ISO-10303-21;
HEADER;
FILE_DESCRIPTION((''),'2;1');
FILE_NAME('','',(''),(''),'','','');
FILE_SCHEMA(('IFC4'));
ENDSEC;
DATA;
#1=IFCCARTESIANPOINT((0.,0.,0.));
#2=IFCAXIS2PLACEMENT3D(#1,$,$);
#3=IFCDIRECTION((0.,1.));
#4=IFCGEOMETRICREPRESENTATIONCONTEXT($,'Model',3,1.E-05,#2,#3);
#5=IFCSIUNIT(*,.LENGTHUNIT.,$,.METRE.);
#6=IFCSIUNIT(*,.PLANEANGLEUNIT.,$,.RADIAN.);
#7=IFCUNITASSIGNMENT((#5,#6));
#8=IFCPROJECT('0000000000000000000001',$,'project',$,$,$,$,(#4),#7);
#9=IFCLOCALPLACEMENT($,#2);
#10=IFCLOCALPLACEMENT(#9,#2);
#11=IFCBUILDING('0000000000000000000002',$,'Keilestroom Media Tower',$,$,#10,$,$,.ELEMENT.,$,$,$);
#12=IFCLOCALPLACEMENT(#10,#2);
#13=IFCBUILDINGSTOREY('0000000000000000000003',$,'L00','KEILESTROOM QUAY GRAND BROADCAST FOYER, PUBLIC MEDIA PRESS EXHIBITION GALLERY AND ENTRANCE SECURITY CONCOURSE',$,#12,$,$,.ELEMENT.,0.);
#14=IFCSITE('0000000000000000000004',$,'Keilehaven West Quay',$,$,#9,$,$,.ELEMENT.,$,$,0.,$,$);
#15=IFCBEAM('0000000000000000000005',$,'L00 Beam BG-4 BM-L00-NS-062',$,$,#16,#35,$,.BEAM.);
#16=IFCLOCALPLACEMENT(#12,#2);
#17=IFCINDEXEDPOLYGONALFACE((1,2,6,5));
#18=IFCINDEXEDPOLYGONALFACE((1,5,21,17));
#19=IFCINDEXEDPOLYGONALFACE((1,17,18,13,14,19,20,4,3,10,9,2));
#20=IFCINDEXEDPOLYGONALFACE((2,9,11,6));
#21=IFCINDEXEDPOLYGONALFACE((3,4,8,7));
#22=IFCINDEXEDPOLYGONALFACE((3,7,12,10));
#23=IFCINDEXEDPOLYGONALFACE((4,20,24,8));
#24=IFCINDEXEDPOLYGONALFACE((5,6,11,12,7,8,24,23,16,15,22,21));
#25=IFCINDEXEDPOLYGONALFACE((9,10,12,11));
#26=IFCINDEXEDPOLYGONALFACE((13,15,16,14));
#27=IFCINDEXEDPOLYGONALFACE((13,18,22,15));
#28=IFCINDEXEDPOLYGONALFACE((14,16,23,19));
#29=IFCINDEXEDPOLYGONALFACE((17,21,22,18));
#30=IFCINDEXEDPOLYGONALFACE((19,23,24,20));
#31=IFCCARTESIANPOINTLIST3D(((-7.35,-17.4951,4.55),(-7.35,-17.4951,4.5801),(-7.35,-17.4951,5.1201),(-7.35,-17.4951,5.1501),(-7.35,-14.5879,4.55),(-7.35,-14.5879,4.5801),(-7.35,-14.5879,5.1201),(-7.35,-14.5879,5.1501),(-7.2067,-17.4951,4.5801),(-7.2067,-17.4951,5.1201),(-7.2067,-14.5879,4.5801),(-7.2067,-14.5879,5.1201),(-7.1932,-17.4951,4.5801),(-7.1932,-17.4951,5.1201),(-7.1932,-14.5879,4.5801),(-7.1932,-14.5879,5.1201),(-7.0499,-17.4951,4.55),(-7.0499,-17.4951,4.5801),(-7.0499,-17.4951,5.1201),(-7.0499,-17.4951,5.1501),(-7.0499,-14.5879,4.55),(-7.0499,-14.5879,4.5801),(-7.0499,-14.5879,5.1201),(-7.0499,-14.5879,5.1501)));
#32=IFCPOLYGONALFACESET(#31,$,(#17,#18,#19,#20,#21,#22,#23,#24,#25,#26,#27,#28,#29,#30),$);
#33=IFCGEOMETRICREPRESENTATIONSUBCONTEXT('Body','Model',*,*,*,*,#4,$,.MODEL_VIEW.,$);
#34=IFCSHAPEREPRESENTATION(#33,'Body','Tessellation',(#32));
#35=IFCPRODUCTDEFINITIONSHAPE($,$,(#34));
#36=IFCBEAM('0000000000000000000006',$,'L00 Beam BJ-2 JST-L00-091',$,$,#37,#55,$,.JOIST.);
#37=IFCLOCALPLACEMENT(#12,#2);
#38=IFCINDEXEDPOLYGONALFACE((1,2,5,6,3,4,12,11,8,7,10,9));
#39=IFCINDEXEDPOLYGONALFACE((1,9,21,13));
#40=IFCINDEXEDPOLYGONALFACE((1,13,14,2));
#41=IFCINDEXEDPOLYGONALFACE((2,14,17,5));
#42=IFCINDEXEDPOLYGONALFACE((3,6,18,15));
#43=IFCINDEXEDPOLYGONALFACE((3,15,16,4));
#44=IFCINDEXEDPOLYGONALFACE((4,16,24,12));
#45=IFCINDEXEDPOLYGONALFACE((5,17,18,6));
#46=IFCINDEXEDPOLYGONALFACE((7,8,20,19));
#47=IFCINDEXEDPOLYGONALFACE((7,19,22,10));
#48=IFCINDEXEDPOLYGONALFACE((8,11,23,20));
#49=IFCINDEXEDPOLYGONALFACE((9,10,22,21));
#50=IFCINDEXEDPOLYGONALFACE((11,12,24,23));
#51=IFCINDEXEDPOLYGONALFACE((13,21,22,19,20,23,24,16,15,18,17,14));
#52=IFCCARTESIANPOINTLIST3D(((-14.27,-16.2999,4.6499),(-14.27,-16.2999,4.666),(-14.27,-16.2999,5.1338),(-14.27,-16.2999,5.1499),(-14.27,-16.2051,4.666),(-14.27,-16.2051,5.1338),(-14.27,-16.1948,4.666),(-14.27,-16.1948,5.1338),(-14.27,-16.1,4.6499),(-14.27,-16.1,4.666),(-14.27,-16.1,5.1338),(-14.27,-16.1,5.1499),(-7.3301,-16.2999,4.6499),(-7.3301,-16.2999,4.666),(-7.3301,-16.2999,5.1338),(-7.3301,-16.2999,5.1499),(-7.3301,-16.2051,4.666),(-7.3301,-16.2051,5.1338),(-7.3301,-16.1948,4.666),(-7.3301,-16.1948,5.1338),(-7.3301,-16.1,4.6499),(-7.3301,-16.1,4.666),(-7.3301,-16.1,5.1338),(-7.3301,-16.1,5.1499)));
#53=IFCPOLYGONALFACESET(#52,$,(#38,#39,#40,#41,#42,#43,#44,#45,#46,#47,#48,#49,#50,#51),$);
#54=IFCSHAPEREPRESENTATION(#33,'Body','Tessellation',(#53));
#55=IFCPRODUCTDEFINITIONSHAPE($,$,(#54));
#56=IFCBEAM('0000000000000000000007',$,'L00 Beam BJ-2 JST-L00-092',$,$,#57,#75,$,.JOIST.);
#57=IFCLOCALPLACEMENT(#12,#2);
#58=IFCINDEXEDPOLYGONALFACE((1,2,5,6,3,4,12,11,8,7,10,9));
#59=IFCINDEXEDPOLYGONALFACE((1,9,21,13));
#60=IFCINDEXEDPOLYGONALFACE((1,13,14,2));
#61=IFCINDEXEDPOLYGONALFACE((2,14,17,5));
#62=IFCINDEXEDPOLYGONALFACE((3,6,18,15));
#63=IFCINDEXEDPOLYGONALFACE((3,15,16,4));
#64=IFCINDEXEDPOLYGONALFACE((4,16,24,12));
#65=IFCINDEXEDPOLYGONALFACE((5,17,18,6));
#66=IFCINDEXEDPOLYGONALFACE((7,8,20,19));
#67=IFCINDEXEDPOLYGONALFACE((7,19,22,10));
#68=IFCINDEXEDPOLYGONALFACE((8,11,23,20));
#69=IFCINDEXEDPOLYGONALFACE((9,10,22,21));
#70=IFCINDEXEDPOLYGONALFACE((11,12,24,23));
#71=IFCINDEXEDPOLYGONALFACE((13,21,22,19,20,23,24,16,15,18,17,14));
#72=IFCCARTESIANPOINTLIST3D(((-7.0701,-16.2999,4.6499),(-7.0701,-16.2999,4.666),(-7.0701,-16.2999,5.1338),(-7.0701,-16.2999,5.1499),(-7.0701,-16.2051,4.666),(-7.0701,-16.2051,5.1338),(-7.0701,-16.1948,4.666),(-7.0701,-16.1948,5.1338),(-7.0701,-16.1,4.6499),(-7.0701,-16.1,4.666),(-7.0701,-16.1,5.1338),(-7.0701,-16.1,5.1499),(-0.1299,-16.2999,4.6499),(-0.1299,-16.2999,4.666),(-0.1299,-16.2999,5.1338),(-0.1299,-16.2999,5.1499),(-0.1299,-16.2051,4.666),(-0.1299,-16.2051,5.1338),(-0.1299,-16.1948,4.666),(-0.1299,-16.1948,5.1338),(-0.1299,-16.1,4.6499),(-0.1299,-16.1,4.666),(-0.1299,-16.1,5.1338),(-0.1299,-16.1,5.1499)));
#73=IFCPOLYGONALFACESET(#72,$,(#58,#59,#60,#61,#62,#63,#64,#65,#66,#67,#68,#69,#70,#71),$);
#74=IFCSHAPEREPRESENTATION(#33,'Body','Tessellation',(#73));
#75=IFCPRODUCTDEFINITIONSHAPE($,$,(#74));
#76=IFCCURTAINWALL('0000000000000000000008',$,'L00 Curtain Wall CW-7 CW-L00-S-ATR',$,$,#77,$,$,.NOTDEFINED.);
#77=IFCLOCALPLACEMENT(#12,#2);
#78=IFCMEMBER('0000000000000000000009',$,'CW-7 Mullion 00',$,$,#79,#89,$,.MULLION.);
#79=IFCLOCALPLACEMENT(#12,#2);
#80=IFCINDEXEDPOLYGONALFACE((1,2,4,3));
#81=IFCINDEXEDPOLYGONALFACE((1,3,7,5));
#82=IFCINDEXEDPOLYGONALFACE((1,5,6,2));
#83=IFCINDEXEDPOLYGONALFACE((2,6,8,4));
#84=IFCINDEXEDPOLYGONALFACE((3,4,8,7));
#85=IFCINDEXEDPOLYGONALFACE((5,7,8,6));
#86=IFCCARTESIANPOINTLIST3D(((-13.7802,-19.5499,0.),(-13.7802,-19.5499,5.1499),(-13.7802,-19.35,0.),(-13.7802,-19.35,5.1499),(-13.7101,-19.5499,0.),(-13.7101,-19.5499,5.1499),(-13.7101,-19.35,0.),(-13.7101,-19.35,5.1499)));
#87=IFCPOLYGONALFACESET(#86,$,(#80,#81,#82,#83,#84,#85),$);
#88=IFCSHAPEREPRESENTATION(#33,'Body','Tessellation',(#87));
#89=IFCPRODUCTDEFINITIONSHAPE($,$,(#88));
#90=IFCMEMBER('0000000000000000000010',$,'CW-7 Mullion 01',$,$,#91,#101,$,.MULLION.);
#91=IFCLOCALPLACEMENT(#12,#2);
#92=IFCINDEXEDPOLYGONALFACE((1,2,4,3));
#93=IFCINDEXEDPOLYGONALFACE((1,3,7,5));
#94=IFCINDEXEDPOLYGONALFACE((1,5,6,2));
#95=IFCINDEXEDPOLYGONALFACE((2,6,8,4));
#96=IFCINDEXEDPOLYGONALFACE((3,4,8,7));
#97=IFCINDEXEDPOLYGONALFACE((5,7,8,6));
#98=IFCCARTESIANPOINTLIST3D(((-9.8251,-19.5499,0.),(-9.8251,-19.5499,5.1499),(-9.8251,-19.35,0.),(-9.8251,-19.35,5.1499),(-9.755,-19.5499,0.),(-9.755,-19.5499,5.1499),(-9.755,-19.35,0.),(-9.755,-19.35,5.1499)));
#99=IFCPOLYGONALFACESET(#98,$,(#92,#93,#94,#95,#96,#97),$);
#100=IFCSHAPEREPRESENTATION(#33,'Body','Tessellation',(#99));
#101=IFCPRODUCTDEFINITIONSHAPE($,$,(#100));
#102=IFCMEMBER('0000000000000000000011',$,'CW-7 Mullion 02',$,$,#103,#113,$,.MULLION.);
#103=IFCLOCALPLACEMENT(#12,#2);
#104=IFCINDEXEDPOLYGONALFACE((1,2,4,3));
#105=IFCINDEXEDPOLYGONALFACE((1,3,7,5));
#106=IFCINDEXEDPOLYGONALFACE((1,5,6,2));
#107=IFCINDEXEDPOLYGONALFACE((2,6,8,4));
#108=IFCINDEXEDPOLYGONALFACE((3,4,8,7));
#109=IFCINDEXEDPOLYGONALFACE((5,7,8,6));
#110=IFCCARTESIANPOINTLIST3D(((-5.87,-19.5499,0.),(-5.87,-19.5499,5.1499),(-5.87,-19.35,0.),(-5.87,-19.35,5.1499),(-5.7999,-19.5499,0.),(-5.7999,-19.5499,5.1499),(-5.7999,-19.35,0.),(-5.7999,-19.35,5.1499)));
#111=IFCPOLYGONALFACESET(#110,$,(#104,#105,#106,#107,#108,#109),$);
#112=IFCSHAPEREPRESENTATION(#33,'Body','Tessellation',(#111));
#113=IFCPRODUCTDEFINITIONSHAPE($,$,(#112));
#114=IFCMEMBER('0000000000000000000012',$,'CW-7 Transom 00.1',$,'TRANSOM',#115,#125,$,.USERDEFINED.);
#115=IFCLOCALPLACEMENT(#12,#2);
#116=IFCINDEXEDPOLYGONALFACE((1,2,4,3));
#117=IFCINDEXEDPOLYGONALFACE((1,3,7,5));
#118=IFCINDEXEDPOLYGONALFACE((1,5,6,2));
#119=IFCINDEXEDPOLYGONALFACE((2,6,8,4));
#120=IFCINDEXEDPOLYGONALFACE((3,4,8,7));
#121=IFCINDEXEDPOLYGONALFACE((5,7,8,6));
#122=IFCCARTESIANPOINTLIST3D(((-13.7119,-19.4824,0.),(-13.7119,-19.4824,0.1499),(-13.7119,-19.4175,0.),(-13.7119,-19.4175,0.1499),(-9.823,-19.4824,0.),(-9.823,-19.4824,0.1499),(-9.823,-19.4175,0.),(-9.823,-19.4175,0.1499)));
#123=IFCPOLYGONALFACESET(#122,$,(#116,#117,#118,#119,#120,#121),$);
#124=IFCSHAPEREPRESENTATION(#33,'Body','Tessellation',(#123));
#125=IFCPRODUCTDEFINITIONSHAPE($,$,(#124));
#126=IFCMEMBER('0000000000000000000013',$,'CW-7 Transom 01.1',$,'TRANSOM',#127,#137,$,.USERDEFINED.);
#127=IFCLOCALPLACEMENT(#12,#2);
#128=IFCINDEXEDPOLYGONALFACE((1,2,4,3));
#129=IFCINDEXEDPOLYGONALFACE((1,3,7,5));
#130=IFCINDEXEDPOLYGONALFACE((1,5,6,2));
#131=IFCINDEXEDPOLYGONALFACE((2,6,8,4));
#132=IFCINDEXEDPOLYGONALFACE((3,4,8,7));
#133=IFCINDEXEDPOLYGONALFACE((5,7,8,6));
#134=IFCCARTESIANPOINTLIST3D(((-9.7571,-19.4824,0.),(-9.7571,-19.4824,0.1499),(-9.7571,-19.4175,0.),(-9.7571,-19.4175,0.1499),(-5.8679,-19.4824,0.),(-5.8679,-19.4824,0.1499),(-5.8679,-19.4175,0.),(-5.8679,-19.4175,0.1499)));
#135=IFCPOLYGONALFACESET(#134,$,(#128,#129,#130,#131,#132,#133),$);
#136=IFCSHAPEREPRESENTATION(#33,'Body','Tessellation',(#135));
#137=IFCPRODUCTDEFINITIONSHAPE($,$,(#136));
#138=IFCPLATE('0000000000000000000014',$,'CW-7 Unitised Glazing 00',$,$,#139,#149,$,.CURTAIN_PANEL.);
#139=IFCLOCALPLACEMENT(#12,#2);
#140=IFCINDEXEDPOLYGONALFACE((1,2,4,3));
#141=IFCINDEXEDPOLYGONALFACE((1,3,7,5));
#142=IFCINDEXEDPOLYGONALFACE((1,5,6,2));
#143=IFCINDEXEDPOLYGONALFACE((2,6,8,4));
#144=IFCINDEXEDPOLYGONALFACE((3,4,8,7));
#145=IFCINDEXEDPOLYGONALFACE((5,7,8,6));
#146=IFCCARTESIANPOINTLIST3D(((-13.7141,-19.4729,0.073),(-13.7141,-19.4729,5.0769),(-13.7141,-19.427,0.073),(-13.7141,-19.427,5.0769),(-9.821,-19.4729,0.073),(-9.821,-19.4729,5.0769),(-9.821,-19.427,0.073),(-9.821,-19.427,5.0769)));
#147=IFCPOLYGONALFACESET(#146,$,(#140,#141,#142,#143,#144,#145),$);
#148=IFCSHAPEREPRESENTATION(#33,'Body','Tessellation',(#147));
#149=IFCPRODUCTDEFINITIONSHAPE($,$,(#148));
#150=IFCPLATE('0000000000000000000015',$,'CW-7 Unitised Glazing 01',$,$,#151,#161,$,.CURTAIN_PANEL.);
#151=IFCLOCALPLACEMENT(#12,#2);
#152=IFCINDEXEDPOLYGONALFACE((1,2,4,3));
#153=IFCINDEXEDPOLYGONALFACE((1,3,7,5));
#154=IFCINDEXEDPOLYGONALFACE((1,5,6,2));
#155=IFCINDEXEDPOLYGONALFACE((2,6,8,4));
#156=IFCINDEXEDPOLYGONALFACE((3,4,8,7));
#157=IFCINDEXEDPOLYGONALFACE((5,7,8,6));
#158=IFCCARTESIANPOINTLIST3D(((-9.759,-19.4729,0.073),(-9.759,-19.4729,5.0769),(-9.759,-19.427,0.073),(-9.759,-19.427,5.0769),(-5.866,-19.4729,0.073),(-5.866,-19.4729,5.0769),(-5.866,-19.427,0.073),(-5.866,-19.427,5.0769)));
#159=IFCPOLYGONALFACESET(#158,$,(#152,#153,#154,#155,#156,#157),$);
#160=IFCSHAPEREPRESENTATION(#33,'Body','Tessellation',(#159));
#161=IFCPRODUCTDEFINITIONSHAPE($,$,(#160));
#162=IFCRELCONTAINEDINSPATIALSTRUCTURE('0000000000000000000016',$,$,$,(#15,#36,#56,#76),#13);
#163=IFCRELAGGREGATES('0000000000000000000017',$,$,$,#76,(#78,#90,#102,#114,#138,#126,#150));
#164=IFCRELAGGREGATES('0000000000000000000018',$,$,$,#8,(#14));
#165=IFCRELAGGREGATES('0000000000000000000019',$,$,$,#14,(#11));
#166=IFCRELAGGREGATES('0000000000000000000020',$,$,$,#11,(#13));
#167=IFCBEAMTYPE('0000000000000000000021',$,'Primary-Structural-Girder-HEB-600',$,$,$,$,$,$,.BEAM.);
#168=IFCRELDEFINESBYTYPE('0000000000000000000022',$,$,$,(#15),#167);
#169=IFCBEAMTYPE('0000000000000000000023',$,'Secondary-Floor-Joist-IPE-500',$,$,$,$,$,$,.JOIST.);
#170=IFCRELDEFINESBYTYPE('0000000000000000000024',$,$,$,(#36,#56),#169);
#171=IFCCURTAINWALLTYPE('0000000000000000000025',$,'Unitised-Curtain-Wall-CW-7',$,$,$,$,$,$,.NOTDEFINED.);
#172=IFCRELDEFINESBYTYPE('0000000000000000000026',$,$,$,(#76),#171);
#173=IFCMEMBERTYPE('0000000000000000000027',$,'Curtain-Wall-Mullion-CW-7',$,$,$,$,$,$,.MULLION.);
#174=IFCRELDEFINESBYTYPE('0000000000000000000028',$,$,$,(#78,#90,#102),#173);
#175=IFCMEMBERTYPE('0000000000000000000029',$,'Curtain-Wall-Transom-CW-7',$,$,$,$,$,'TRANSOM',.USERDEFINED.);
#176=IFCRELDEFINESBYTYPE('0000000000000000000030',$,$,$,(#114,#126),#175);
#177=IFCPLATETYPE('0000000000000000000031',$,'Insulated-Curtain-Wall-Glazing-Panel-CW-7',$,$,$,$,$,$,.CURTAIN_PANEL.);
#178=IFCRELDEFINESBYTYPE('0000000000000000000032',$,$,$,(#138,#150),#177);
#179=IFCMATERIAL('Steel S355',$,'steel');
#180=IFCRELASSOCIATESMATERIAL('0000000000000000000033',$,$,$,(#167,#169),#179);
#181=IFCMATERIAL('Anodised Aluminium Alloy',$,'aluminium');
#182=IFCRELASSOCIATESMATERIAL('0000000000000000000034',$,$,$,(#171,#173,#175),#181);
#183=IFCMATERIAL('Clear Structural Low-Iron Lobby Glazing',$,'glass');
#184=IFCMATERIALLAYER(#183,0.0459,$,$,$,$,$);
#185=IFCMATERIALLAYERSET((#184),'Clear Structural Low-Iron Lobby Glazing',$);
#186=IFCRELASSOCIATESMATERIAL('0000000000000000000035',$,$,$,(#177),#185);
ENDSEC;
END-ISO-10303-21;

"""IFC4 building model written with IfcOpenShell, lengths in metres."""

from ifc_helpers import new_model, si_unit, direction, frame, origin, origin_2d, place, context, subcontext, project, spatial, rectangle, i_section, extrude, source, transform, mapped, material, layer, layer_set, material_profile, profile_set, type_object, element, aggregate, save


model = new_model("IFC4")

# Units and contexts
model_context = context("Model", 3, precision=1e-05, world=origin(), true_north=direction((0.0, 1.0)))
body_context = subcontext(model_context, "Body", "Model", "MODEL_VIEW")
ifc_project = project(units=[si_unit("LENGTHUNIT", "METRE"), si_unit("PLANEANGLEUNIT", "RADIAN")], contexts=[model_context])

# Site, building, storey
site_placement = place(None, origin())
site = spatial("IfcSite", under=ifc_project, at=site_placement, Name="Keilehaven West Quay", CompositionType="ELEMENT", RefElevation=0.0)
building_placement = place(site_placement, origin())
building = spatial("IfcBuilding", under=site, at=building_placement, Name="Keilestroom Media Tower", CompositionType="ELEMENT")
storey_placement = place(building_placement, origin())
storey = spatial("IfcBuildingStorey", under=building, at=storey_placement, Name="L00", Description="KEILESTROOM QUAY GRAND BROADCAST FOYER, PUBLIC MEDIA PRESS EXHIBITION GALLERY AND ENTRANCE SECURITY CONCOURSE", CompositionType="ELEMENT", Elevation=0.0)

# Beams
ifc_material_1 = material(Name="Steel S355", Category="steel")
ifc_material_profile_1 = material_profile(ifc_material_1, i_section(OverallWidth=0.3, OverallDepth=0.6001, WebThickness=0.0134, FlangeThickness=0.03, at=origin_2d()), Name="HEB 600")
ifc_profile_set_1 = profile_set([ifc_material_profile_1], Name="Steel S355")
beam_type_1 = type_object("IfcBeamType", Name="Primary-Structural-Girder-HEB-600", PredefinedType="BEAM", material=ifc_profile_set_1)
shared_shape_1 = source(origin(), body_context, "Body", "SweptSolid", [
    extrude(i_section(OverallWidth=0.3, OverallDepth=0.6001, WebThickness=0.0134, FlangeThickness=0.03, at=origin_2d()), origin(), (0.0, 0.0, 1.0), 2.9072),
])
beam_1_placement = place(storey_placement, frame((-7.2, -17.4951, 4.8501), z_axis=(0.0, 1.0, 0.0), x_axis=(-1.0, 0.0, 0.0)))
element("IfcBeam", 1, at=beam_1_placement, inside=storey, type_object=beam_type_1, Name="L00 Beam BG-4 BM-L00-NS-062", PredefinedType="BEAM", context=body_context, shape_type="MappedRepresentation", body=[
    mapped(shared_shape_1, transform((0.0, 0.0, 0.0), x_axis=(1.0, 0.0, 0.0), y_axis=(0.0, 1.0, 0.0), z_axis=(0.0, 0.0, 1.0), scale=1.0)),
])
ifc_material_profile_2 = material_profile(ifc_material_1, i_section(OverallWidth=0.2, OverallDepth=0.5, WebThickness=0.0103, FlangeThickness=0.0161, at=origin_2d()), Name="IPE 500")
ifc_profile_set_2 = profile_set([ifc_material_profile_2], Name="Steel S355")
beam_type_2 = type_object("IfcBeamType", Name="Secondary-Floor-Joist-IPE-500", PredefinedType="JOIST", material=ifc_profile_set_2)
shared_shape_2 = source(origin(), body_context, "Body", "SweptSolid", [
    extrude(i_section(OverallWidth=0.2, OverallDepth=0.5, WebThickness=0.0103, FlangeThickness=0.0161, at=origin_2d()), origin(), (0.0, 0.0, 1.0), 6.9399),
])
beam_2_placement = place(storey_placement, frame((-14.27, -16.2, 4.8999), z_axis=(1.0, 0.0, 0.0), x_axis=(0.0, 1.0, 0.0)))
element("IfcBeam", 2, at=beam_2_placement, inside=storey, type_object=beam_type_2, Name="L00 Beam BJ-2 JST-L00-091", PredefinedType="JOIST", context=body_context, shape_type="MappedRepresentation", body=[
    mapped(shared_shape_2, transform((0.0, 0.0, 0.0), x_axis=(1.0, 0.0, 0.0), y_axis=(0.0, 1.0, 0.0), z_axis=(0.0, 0.0, 1.0), scale=1.0)),
])
shared_shape_3 = source(origin(), body_context, "Body", "SweptSolid", [
    extrude(i_section(OverallWidth=0.2, OverallDepth=0.5, WebThickness=0.0103, FlangeThickness=0.0161, at=origin_2d()), origin(), (0.0, 0.0, 1.0), 6.9402),
])
beam_3_placement = place(storey_placement, frame((-7.0701, -16.2, 4.8999), z_axis=(1.0, 0.0, 0.0), x_axis=(0.0, 1.0, 0.0)))
element("IfcBeam", 3, at=beam_3_placement, inside=storey, type_object=beam_type_2, Name="L00 Beam BJ-2 JST-L00-092", PredefinedType="JOIST", context=body_context, shape_type="MappedRepresentation", body=[
    mapped(shared_shape_3, transform((0.0, 0.0, 0.0), x_axis=(1.0, 0.0, 0.0), y_axis=(0.0, 1.0, 0.0), z_axis=(0.0, 0.0, 1.0), scale=1.0)),
])

# Curtain wall, members, plates
ifc_material_2 = material(Name="Anodised Aluminium Alloy", Category="aluminium")
curtain_wall_type = type_object("IfcCurtainWallType", Name="Unitised-Curtain-Wall-CW-7", PredefinedType="NOTDEFINED", material=ifc_material_2)
curtain_wall_placement = place(storey_placement, origin())
curtain_wall = element("IfcCurtainWall", 4, at=curtain_wall_placement, inside=storey, type_object=curtain_wall_type, Name="L00 Curtain Wall CW-7 CW-L00-S-ATR", PredefinedType="NOTDEFINED")
ifc_material_profile_3 = material_profile(ifc_material_2, rectangle(XDim=0.0701, YDim=0.2, at=origin_2d()), Name="ALU MULLION 70x200")
ifc_profile_set_3 = profile_set([ifc_material_profile_3], Name="Anodised Aluminium Alloy")
member_type_1 = type_object("IfcMemberType", Name="Curtain-Wall-Mullion-CW-7", PredefinedType="MULLION", material=ifc_profile_set_3)
shared_shape_4 = source(origin(), body_context, "Body", "SweptSolid", [
    extrude(rectangle(XDim=0.0701, YDim=0.2, at=origin_2d()), origin(), (0.0, 0.0, 1.0), 5.1499),
])
member_1_placement = place(storey_placement, frame((-13.7451, -19.45, 0.0), z_axis=(0.0, 0.0, 1.0), x_axis=(1.0, 0.0, 0.0)))
member_1 = element("IfcMember", 5, at=member_1_placement, type_object=member_type_1, Name="CW-7 Mullion 00", PredefinedType="MULLION", context=body_context, shape_type="MappedRepresentation", body=[
    mapped(shared_shape_4, transform((0.0, 0.0, 0.0), x_axis=(1.0, 0.0, 0.0), y_axis=(0.0, 1.0, 0.0), z_axis=(0.0, 0.0, 1.0), scale=1.0)),
])
member_2_placement = place(storey_placement, frame((-9.79, -19.45, 0.0), z_axis=(0.0, 0.0, 1.0), x_axis=(1.0, 0.0, 0.0)))
member_2 = element("IfcMember", 6, at=member_2_placement, type_object=member_type_1, Name="CW-7 Mullion 01", PredefinedType="MULLION", context=body_context, shape_type="MappedRepresentation", body=[
    mapped(shared_shape_4, transform((0.0, 0.0, 0.0), x_axis=(1.0, 0.0, 0.0), y_axis=(0.0, 1.0, 0.0), z_axis=(0.0, 0.0, 1.0), scale=1.0)),
])
member_3_placement = place(storey_placement, frame((-5.835, -19.45, 0.0), z_axis=(0.0, 0.0, 1.0), x_axis=(1.0, 0.0, 0.0)))
member_3 = element("IfcMember", 7, at=member_3_placement, type_object=member_type_1, Name="CW-7 Mullion 02", PredefinedType="MULLION", context=body_context, shape_type="MappedRepresentation", body=[
    mapped(shared_shape_4, transform((0.0, 0.0, 0.0), x_axis=(1.0, 0.0, 0.0), y_axis=(0.0, 1.0, 0.0), z_axis=(0.0, 0.0, 1.0), scale=1.0)),
])
ifc_material_profile_4 = material_profile(ifc_material_2, rectangle(XDim=0.0649, YDim=0.1499, at=origin_2d()), Name="ALU TRANSOM 65x150")
ifc_profile_set_4 = profile_set([ifc_material_profile_4], Name="Anodised Aluminium Alloy")
member_type_2 = type_object("IfcMemberType", Name="Curtain-Wall-Transom-CW-7", ElementType="TRANSOM", PredefinedType="USERDEFINED", material=ifc_profile_set_4)
shared_shape_5 = source(origin(), body_context, "Body", "SweptSolid", [
    extrude(rectangle(XDim=0.0649, YDim=0.1499, at=origin_2d()), origin(), (0.0, 0.0, 1.0), 3.8889),
])
member_4_placement = place(storey_placement, frame((-13.7119, -19.45, 0.075), z_axis=(1.0, 0.0, 0.0), x_axis=(0.0, 1.0, 0.0)))
member_4 = element("IfcMember", 8, at=member_4_placement, type_object=member_type_2, Name="CW-7 Transom 00.1", ObjectType="TRANSOM", PredefinedType="USERDEFINED", context=body_context, shape_type="MappedRepresentation", body=[
    mapped(shared_shape_5, transform((0.0, 0.0, 0.0), x_axis=(1.0, 0.0, 0.0), y_axis=(0.0, 1.0, 0.0), z_axis=(0.0, 0.0, 1.0), scale=1.0)),
])
shared_shape_6 = source(origin(), body_context, "Body", "SweptSolid", [
    extrude(rectangle(XDim=0.0649, YDim=0.1499, at=origin_2d()), origin(), (0.0, 0.0, 1.0), 3.8892),
])
member_5_placement = place(storey_placement, frame((-9.7571, -19.45, 0.075), z_axis=(1.0, 0.0, 0.0), x_axis=(0.0, 1.0, 0.0)))
member_5 = element("IfcMember", 9, at=member_5_placement, type_object=member_type_2, Name="CW-7 Transom 01.1", ObjectType="TRANSOM", PredefinedType="USERDEFINED", context=body_context, shape_type="MappedRepresentation", body=[
    mapped(shared_shape_6, transform((0.0, 0.0, 0.0), x_axis=(1.0, 0.0, 0.0), y_axis=(0.0, 1.0, 0.0), z_axis=(0.0, 0.0, 1.0), scale=1.0)),
])
ifc_material_3 = material(Name="Clear Structural Low-Iron Lobby Glazing", Category="glass")
ifc_layer_1 = layer(ifc_material_3, 0.0459)
ifc_layer_set_1 = layer_set([ifc_layer_1], Name="Clear Structural Low-Iron Lobby Glazing")
plate_type = type_object("IfcPlateType", Name="Insulated-Curtain-Wall-Glazing-Panel-CW-7", PredefinedType="CURTAIN_PANEL", material=ifc_layer_set_1)
shared_shape_7 = source(origin(), body_context, "Body", "SweptSolid", [
    extrude(rectangle(XDim=3.8931, YDim=0.0459, at=origin_2d()), origin(), (0.0, 0.0, 1.0), 5.0039),
])
plate_1_placement = place(storey_placement, frame((-11.7676, -19.45, 0.073), z_axis=(0.0, 0.0, 1.0), x_axis=(1.0, 0.0, 0.0)))
plate_1 = element("IfcPlate", 10, at=plate_1_placement, type_object=plate_type, Name="CW-7 Unitised Glazing 00", PredefinedType="CURTAIN_PANEL", context=body_context, shape_type="MappedRepresentation", body=[
    mapped(shared_shape_7, transform((0.0, 0.0, 0.0), x_axis=(1.0, 0.0, 0.0), y_axis=(0.0, 1.0, 0.0), z_axis=(0.0, 0.0, 1.0), scale=1.0)),
])
plate_2_placement = place(storey_placement, frame((-7.8125, -19.45, 0.073), z_axis=(0.0, 0.0, 1.0), x_axis=(1.0, 0.0, 0.0)))
plate_2 = element("IfcPlate", 11, at=plate_2_placement, type_object=plate_type, Name="CW-7 Unitised Glazing 01", PredefinedType="CURTAIN_PANEL", context=body_context, shape_type="MappedRepresentation", body=[
    mapped(shared_shape_7, transform((0.0, 0.0, 0.0), x_axis=(1.0, 0.0, 0.0), y_axis=(0.0, 1.0, 0.0), z_axis=(0.0, 0.0, 1.0), scale=1.0)),
])
aggregate(curtain_wall, [member_1, member_2, member_3, member_4, plate_1, member_5, plate_2])

save(model, "model.ifc")
